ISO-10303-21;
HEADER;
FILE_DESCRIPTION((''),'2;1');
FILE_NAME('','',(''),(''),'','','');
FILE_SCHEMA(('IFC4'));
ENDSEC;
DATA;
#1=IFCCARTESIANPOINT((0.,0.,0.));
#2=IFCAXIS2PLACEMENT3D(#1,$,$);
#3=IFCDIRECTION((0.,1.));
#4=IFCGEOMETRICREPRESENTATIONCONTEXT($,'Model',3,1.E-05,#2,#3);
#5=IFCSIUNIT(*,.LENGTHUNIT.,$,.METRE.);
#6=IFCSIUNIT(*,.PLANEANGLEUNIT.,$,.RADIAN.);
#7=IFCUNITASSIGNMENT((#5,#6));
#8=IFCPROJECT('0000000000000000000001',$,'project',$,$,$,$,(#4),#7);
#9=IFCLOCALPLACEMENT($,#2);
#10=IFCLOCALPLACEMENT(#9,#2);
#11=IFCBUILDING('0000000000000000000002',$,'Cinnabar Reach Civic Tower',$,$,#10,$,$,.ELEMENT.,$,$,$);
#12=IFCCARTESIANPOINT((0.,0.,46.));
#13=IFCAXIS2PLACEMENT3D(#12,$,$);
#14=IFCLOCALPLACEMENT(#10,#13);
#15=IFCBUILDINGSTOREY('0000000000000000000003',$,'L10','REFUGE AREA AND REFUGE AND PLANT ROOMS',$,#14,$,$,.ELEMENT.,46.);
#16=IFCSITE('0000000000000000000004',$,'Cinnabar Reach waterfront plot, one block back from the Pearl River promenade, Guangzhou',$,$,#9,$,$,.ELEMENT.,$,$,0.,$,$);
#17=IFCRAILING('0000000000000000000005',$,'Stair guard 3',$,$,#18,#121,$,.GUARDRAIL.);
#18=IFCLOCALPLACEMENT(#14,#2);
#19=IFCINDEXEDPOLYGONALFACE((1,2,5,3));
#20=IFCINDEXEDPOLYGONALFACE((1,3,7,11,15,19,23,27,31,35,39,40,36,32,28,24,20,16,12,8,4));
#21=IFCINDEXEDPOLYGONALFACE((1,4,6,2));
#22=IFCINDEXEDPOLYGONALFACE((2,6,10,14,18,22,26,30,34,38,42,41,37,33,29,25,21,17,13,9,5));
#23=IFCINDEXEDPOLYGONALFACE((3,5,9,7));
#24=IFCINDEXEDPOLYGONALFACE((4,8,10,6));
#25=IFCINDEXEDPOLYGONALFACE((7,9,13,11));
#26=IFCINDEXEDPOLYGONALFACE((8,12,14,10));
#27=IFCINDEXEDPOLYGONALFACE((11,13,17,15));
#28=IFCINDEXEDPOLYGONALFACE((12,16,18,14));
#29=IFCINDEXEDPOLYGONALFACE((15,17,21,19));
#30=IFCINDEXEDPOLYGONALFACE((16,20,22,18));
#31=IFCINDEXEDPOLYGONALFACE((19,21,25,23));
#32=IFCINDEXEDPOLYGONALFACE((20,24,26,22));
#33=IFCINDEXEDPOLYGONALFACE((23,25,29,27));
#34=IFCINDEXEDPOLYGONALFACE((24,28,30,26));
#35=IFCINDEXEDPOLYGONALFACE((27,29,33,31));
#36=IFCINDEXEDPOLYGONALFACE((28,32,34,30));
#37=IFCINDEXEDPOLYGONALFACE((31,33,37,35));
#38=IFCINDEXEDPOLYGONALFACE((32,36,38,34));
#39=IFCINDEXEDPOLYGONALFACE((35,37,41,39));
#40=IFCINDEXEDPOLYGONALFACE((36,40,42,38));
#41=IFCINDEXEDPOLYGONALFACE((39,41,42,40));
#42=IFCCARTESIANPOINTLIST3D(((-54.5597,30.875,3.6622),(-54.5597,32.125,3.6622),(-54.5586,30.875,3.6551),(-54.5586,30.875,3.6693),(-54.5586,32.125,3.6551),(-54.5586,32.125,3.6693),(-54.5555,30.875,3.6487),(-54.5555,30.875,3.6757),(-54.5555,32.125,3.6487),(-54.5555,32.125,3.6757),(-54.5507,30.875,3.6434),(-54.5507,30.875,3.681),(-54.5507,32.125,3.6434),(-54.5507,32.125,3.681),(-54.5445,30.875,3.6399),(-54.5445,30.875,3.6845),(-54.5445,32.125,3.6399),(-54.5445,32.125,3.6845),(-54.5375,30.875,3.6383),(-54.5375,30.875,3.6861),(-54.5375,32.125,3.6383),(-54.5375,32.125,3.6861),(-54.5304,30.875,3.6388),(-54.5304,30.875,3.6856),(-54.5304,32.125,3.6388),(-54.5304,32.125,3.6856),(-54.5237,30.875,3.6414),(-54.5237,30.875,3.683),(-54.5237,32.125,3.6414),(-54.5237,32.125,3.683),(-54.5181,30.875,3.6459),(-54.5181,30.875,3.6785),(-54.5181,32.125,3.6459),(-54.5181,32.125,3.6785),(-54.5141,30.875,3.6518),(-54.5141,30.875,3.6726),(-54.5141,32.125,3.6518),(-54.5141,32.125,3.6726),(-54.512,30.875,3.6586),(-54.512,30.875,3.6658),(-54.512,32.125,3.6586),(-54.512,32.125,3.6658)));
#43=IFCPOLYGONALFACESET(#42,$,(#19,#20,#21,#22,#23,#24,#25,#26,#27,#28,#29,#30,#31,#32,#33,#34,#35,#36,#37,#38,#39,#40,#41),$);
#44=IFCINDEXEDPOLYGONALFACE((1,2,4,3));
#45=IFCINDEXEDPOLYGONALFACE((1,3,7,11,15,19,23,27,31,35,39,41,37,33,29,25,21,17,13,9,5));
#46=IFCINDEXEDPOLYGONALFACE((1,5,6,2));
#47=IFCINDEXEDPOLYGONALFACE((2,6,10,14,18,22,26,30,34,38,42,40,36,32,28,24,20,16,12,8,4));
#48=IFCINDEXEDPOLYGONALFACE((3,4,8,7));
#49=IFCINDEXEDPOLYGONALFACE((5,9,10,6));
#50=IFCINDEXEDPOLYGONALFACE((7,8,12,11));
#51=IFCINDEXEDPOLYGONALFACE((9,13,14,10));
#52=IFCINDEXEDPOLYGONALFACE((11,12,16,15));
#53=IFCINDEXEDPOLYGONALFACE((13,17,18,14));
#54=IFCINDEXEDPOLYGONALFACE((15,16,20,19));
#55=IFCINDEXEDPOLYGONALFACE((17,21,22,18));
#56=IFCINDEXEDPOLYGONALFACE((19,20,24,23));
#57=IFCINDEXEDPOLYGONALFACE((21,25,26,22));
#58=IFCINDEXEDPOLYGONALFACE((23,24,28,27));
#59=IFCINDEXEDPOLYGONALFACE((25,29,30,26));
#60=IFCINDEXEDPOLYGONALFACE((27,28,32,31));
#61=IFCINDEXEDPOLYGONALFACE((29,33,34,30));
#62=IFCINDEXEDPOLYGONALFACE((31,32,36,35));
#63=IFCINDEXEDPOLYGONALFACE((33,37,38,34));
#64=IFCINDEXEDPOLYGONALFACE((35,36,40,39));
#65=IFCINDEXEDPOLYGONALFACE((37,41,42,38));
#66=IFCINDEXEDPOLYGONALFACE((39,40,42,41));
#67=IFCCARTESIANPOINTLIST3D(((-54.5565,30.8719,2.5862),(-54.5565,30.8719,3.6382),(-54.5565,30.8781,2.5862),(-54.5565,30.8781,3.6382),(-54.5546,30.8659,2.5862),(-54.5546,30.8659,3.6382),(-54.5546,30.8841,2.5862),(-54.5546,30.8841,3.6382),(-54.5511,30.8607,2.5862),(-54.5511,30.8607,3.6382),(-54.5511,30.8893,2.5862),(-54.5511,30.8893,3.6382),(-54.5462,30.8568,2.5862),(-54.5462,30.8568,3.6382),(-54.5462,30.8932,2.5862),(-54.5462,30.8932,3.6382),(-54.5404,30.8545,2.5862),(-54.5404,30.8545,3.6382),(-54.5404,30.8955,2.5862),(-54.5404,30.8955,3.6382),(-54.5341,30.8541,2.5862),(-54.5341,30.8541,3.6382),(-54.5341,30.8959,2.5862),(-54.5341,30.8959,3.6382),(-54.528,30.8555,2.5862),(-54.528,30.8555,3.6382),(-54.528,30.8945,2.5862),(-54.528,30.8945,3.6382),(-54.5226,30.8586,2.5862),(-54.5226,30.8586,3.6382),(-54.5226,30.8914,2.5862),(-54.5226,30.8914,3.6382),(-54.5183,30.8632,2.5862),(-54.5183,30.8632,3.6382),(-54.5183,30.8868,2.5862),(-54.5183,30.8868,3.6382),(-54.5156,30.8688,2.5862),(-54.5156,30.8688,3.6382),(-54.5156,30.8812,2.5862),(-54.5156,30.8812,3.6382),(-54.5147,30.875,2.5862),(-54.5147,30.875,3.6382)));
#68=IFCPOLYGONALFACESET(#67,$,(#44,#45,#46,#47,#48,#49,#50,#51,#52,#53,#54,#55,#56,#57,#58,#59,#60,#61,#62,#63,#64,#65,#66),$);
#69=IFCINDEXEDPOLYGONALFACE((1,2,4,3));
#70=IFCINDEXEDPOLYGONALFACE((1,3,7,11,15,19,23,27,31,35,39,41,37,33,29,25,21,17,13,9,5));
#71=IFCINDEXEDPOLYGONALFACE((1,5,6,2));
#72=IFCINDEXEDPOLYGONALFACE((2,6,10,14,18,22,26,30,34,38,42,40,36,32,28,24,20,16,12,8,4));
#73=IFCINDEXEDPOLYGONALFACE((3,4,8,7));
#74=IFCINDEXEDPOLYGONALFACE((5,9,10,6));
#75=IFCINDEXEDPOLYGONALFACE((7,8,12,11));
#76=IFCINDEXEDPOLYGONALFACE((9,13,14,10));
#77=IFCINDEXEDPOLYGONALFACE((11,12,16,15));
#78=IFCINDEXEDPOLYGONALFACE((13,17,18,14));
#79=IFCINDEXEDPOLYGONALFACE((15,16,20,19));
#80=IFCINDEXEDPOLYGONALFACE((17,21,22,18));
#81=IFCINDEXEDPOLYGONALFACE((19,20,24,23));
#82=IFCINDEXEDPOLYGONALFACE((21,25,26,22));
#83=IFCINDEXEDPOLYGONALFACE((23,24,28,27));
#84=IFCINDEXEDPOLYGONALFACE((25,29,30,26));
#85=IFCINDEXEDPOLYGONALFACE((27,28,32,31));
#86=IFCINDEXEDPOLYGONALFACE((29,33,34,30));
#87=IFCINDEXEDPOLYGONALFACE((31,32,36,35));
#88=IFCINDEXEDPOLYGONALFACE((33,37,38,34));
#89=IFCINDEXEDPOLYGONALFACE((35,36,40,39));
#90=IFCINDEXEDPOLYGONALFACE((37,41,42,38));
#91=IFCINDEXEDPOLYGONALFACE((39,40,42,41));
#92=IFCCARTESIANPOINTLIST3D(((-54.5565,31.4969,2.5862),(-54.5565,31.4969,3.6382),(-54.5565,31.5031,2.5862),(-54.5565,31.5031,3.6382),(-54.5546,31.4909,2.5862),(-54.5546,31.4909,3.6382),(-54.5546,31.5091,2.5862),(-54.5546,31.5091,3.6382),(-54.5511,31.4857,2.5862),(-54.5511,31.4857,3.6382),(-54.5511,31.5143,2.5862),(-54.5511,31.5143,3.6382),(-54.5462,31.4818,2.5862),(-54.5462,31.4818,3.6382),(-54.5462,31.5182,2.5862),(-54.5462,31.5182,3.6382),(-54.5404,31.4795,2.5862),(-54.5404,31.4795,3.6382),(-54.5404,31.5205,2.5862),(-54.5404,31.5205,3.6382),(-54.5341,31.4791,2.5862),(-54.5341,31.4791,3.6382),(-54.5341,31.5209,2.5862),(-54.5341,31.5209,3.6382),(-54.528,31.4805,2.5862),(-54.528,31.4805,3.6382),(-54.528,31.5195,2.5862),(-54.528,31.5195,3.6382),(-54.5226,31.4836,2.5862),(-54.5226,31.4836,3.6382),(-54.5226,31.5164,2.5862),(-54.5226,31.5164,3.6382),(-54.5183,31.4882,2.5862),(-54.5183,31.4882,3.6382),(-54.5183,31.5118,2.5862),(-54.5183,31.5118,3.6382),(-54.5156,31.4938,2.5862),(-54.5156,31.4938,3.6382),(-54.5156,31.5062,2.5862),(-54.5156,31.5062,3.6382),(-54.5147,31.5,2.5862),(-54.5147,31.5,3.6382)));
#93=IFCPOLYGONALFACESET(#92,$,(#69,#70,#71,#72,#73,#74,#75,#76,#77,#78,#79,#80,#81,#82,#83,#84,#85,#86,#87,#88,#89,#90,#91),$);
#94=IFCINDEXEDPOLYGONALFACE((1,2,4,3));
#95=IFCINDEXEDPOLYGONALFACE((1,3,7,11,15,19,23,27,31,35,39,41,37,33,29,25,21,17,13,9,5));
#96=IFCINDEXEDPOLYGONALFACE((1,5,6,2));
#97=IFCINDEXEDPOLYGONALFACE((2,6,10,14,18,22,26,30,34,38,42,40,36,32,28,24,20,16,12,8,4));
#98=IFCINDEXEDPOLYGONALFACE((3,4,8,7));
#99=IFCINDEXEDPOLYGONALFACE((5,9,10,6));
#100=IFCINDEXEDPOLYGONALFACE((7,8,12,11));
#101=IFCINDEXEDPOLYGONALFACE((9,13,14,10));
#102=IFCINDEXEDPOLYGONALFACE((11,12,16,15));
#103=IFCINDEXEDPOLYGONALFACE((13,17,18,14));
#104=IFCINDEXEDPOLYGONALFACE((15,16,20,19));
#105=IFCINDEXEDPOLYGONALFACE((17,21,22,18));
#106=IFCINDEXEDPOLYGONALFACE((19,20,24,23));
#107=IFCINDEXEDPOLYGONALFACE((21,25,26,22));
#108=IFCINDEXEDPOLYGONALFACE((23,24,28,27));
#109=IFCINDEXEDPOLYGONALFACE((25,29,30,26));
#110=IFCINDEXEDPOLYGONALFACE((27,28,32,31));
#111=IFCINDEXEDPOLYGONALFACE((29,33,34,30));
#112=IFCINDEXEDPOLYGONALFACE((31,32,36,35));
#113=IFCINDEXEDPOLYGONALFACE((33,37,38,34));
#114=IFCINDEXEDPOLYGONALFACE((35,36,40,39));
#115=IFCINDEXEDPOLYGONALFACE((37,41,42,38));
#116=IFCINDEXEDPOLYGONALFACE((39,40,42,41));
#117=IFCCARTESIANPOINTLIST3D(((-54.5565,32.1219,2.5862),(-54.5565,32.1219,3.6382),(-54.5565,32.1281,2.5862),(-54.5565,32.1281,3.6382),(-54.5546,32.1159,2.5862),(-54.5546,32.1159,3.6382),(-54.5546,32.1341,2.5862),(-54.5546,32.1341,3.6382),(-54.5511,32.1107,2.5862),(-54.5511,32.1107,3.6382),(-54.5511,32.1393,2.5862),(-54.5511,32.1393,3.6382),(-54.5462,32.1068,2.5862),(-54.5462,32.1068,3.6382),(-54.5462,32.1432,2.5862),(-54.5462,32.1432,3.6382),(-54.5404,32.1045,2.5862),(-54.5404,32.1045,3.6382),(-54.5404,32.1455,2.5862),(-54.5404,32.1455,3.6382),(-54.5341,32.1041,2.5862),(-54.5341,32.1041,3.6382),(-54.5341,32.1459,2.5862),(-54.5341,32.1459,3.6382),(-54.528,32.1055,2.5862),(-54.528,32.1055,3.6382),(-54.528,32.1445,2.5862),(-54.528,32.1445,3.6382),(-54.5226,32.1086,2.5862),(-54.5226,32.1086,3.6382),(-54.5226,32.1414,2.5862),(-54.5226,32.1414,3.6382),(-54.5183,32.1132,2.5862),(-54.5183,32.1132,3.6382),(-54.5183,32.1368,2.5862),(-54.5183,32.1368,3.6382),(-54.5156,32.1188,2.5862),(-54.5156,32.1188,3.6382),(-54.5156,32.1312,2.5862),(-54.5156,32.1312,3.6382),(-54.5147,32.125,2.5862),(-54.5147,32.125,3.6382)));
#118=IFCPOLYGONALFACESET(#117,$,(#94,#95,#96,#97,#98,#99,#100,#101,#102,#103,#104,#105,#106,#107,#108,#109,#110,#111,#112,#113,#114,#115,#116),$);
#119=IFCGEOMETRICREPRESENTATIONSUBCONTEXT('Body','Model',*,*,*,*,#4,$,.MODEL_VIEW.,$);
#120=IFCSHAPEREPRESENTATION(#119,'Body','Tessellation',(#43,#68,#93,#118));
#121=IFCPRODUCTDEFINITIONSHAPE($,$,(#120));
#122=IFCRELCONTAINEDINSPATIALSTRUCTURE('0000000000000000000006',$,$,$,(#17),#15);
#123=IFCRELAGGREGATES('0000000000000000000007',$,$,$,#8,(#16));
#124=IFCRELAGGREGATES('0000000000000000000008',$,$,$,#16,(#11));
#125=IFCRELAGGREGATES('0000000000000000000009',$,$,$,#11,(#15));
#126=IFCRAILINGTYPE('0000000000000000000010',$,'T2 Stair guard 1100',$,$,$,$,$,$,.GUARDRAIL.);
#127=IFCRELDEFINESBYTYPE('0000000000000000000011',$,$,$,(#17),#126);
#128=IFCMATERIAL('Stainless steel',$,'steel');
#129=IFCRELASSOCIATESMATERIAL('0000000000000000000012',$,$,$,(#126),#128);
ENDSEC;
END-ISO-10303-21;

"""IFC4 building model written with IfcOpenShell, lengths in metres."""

from ifc_helpers import new_model, si_unit, direction, frame, origin, origin_2d, place, context, subcontext, project, spatial, circle, extrude, material, type_object, element, save


model = new_model("IFC4")

# Units and contexts
model_context = context("Model", 3, precision=1e-05, world=origin(), true_north=direction((0.0, 1.0)))
body_context = subcontext(model_context, "Body", "Model", "MODEL_VIEW")
ifc_project = project(units=[si_unit("LENGTHUNIT", "METRE"), si_unit("PLANEANGLEUNIT", "RADIAN")], contexts=[model_context])

# Site, building, storey
site_placement = place(None, origin())
site = spatial("IfcSite", under=ifc_project, at=site_placement, Name="Cinnabar Reach waterfront plot, one block back from the Pearl River promenade, Guangzhou", CompositionType="ELEMENT", RefElevation=0.0)
building_placement = place(site_placement, origin())
building = spatial("IfcBuilding", under=site, at=building_placement, Name="Cinnabar Reach Civic Tower", CompositionType="ELEMENT")
storey_placement = place(building_placement, frame((0.0, 0.0, 46.0)))
storey = spatial("IfcBuildingStorey", under=building, at=storey_placement, Name="L10", Description="REFUGE AREA AND REFUGE AND PLANT ROOMS", CompositionType="ELEMENT", Elevation=46.0)

# Railing
ifc_material_1 = material(Name="Stainless steel", Category="steel")
railing_type = type_object("IfcRailingType", Name="T2 Stair guard 1100", PredefinedType="GUARDRAIL", material=ifc_material_1)
railing_1_placement = place(storey_placement, frame((-54.5357, 30.875, 2.5862)))
element("IfcRailing", 1, at=railing_1_placement, inside=storey, type_object=railing_type, Name="Stair guard 3", PredefinedType="GUARDRAIL", context=body_context, shape_type="SweptSolid", body=[
    extrude(circle(Radius=0.024, at=origin_2d()), frame((0.0, 0.0, 1.076), z_axis=(0.0, 1.0, 0.0), x_axis=(-1.0, 0.0, 0.0)), (0.0, 0.0, 1.0), 1.25),
    extrude(circle(Radius=0.021, at=origin_2d()), origin(), (0.0, 0.0, 1.0), 1.052),
    extrude(circle(Radius=0.021, at=origin_2d()), frame((0.0, 0.625, 0.0)), (0.0, 0.0, 1.0), 1.052),
    extrude(circle(Radius=0.021, at=origin_2d()), frame((0.0, 1.25, 0.0)), (0.0, 0.0, 1.0), 1.052),
])

save(model, "model.ifc")
